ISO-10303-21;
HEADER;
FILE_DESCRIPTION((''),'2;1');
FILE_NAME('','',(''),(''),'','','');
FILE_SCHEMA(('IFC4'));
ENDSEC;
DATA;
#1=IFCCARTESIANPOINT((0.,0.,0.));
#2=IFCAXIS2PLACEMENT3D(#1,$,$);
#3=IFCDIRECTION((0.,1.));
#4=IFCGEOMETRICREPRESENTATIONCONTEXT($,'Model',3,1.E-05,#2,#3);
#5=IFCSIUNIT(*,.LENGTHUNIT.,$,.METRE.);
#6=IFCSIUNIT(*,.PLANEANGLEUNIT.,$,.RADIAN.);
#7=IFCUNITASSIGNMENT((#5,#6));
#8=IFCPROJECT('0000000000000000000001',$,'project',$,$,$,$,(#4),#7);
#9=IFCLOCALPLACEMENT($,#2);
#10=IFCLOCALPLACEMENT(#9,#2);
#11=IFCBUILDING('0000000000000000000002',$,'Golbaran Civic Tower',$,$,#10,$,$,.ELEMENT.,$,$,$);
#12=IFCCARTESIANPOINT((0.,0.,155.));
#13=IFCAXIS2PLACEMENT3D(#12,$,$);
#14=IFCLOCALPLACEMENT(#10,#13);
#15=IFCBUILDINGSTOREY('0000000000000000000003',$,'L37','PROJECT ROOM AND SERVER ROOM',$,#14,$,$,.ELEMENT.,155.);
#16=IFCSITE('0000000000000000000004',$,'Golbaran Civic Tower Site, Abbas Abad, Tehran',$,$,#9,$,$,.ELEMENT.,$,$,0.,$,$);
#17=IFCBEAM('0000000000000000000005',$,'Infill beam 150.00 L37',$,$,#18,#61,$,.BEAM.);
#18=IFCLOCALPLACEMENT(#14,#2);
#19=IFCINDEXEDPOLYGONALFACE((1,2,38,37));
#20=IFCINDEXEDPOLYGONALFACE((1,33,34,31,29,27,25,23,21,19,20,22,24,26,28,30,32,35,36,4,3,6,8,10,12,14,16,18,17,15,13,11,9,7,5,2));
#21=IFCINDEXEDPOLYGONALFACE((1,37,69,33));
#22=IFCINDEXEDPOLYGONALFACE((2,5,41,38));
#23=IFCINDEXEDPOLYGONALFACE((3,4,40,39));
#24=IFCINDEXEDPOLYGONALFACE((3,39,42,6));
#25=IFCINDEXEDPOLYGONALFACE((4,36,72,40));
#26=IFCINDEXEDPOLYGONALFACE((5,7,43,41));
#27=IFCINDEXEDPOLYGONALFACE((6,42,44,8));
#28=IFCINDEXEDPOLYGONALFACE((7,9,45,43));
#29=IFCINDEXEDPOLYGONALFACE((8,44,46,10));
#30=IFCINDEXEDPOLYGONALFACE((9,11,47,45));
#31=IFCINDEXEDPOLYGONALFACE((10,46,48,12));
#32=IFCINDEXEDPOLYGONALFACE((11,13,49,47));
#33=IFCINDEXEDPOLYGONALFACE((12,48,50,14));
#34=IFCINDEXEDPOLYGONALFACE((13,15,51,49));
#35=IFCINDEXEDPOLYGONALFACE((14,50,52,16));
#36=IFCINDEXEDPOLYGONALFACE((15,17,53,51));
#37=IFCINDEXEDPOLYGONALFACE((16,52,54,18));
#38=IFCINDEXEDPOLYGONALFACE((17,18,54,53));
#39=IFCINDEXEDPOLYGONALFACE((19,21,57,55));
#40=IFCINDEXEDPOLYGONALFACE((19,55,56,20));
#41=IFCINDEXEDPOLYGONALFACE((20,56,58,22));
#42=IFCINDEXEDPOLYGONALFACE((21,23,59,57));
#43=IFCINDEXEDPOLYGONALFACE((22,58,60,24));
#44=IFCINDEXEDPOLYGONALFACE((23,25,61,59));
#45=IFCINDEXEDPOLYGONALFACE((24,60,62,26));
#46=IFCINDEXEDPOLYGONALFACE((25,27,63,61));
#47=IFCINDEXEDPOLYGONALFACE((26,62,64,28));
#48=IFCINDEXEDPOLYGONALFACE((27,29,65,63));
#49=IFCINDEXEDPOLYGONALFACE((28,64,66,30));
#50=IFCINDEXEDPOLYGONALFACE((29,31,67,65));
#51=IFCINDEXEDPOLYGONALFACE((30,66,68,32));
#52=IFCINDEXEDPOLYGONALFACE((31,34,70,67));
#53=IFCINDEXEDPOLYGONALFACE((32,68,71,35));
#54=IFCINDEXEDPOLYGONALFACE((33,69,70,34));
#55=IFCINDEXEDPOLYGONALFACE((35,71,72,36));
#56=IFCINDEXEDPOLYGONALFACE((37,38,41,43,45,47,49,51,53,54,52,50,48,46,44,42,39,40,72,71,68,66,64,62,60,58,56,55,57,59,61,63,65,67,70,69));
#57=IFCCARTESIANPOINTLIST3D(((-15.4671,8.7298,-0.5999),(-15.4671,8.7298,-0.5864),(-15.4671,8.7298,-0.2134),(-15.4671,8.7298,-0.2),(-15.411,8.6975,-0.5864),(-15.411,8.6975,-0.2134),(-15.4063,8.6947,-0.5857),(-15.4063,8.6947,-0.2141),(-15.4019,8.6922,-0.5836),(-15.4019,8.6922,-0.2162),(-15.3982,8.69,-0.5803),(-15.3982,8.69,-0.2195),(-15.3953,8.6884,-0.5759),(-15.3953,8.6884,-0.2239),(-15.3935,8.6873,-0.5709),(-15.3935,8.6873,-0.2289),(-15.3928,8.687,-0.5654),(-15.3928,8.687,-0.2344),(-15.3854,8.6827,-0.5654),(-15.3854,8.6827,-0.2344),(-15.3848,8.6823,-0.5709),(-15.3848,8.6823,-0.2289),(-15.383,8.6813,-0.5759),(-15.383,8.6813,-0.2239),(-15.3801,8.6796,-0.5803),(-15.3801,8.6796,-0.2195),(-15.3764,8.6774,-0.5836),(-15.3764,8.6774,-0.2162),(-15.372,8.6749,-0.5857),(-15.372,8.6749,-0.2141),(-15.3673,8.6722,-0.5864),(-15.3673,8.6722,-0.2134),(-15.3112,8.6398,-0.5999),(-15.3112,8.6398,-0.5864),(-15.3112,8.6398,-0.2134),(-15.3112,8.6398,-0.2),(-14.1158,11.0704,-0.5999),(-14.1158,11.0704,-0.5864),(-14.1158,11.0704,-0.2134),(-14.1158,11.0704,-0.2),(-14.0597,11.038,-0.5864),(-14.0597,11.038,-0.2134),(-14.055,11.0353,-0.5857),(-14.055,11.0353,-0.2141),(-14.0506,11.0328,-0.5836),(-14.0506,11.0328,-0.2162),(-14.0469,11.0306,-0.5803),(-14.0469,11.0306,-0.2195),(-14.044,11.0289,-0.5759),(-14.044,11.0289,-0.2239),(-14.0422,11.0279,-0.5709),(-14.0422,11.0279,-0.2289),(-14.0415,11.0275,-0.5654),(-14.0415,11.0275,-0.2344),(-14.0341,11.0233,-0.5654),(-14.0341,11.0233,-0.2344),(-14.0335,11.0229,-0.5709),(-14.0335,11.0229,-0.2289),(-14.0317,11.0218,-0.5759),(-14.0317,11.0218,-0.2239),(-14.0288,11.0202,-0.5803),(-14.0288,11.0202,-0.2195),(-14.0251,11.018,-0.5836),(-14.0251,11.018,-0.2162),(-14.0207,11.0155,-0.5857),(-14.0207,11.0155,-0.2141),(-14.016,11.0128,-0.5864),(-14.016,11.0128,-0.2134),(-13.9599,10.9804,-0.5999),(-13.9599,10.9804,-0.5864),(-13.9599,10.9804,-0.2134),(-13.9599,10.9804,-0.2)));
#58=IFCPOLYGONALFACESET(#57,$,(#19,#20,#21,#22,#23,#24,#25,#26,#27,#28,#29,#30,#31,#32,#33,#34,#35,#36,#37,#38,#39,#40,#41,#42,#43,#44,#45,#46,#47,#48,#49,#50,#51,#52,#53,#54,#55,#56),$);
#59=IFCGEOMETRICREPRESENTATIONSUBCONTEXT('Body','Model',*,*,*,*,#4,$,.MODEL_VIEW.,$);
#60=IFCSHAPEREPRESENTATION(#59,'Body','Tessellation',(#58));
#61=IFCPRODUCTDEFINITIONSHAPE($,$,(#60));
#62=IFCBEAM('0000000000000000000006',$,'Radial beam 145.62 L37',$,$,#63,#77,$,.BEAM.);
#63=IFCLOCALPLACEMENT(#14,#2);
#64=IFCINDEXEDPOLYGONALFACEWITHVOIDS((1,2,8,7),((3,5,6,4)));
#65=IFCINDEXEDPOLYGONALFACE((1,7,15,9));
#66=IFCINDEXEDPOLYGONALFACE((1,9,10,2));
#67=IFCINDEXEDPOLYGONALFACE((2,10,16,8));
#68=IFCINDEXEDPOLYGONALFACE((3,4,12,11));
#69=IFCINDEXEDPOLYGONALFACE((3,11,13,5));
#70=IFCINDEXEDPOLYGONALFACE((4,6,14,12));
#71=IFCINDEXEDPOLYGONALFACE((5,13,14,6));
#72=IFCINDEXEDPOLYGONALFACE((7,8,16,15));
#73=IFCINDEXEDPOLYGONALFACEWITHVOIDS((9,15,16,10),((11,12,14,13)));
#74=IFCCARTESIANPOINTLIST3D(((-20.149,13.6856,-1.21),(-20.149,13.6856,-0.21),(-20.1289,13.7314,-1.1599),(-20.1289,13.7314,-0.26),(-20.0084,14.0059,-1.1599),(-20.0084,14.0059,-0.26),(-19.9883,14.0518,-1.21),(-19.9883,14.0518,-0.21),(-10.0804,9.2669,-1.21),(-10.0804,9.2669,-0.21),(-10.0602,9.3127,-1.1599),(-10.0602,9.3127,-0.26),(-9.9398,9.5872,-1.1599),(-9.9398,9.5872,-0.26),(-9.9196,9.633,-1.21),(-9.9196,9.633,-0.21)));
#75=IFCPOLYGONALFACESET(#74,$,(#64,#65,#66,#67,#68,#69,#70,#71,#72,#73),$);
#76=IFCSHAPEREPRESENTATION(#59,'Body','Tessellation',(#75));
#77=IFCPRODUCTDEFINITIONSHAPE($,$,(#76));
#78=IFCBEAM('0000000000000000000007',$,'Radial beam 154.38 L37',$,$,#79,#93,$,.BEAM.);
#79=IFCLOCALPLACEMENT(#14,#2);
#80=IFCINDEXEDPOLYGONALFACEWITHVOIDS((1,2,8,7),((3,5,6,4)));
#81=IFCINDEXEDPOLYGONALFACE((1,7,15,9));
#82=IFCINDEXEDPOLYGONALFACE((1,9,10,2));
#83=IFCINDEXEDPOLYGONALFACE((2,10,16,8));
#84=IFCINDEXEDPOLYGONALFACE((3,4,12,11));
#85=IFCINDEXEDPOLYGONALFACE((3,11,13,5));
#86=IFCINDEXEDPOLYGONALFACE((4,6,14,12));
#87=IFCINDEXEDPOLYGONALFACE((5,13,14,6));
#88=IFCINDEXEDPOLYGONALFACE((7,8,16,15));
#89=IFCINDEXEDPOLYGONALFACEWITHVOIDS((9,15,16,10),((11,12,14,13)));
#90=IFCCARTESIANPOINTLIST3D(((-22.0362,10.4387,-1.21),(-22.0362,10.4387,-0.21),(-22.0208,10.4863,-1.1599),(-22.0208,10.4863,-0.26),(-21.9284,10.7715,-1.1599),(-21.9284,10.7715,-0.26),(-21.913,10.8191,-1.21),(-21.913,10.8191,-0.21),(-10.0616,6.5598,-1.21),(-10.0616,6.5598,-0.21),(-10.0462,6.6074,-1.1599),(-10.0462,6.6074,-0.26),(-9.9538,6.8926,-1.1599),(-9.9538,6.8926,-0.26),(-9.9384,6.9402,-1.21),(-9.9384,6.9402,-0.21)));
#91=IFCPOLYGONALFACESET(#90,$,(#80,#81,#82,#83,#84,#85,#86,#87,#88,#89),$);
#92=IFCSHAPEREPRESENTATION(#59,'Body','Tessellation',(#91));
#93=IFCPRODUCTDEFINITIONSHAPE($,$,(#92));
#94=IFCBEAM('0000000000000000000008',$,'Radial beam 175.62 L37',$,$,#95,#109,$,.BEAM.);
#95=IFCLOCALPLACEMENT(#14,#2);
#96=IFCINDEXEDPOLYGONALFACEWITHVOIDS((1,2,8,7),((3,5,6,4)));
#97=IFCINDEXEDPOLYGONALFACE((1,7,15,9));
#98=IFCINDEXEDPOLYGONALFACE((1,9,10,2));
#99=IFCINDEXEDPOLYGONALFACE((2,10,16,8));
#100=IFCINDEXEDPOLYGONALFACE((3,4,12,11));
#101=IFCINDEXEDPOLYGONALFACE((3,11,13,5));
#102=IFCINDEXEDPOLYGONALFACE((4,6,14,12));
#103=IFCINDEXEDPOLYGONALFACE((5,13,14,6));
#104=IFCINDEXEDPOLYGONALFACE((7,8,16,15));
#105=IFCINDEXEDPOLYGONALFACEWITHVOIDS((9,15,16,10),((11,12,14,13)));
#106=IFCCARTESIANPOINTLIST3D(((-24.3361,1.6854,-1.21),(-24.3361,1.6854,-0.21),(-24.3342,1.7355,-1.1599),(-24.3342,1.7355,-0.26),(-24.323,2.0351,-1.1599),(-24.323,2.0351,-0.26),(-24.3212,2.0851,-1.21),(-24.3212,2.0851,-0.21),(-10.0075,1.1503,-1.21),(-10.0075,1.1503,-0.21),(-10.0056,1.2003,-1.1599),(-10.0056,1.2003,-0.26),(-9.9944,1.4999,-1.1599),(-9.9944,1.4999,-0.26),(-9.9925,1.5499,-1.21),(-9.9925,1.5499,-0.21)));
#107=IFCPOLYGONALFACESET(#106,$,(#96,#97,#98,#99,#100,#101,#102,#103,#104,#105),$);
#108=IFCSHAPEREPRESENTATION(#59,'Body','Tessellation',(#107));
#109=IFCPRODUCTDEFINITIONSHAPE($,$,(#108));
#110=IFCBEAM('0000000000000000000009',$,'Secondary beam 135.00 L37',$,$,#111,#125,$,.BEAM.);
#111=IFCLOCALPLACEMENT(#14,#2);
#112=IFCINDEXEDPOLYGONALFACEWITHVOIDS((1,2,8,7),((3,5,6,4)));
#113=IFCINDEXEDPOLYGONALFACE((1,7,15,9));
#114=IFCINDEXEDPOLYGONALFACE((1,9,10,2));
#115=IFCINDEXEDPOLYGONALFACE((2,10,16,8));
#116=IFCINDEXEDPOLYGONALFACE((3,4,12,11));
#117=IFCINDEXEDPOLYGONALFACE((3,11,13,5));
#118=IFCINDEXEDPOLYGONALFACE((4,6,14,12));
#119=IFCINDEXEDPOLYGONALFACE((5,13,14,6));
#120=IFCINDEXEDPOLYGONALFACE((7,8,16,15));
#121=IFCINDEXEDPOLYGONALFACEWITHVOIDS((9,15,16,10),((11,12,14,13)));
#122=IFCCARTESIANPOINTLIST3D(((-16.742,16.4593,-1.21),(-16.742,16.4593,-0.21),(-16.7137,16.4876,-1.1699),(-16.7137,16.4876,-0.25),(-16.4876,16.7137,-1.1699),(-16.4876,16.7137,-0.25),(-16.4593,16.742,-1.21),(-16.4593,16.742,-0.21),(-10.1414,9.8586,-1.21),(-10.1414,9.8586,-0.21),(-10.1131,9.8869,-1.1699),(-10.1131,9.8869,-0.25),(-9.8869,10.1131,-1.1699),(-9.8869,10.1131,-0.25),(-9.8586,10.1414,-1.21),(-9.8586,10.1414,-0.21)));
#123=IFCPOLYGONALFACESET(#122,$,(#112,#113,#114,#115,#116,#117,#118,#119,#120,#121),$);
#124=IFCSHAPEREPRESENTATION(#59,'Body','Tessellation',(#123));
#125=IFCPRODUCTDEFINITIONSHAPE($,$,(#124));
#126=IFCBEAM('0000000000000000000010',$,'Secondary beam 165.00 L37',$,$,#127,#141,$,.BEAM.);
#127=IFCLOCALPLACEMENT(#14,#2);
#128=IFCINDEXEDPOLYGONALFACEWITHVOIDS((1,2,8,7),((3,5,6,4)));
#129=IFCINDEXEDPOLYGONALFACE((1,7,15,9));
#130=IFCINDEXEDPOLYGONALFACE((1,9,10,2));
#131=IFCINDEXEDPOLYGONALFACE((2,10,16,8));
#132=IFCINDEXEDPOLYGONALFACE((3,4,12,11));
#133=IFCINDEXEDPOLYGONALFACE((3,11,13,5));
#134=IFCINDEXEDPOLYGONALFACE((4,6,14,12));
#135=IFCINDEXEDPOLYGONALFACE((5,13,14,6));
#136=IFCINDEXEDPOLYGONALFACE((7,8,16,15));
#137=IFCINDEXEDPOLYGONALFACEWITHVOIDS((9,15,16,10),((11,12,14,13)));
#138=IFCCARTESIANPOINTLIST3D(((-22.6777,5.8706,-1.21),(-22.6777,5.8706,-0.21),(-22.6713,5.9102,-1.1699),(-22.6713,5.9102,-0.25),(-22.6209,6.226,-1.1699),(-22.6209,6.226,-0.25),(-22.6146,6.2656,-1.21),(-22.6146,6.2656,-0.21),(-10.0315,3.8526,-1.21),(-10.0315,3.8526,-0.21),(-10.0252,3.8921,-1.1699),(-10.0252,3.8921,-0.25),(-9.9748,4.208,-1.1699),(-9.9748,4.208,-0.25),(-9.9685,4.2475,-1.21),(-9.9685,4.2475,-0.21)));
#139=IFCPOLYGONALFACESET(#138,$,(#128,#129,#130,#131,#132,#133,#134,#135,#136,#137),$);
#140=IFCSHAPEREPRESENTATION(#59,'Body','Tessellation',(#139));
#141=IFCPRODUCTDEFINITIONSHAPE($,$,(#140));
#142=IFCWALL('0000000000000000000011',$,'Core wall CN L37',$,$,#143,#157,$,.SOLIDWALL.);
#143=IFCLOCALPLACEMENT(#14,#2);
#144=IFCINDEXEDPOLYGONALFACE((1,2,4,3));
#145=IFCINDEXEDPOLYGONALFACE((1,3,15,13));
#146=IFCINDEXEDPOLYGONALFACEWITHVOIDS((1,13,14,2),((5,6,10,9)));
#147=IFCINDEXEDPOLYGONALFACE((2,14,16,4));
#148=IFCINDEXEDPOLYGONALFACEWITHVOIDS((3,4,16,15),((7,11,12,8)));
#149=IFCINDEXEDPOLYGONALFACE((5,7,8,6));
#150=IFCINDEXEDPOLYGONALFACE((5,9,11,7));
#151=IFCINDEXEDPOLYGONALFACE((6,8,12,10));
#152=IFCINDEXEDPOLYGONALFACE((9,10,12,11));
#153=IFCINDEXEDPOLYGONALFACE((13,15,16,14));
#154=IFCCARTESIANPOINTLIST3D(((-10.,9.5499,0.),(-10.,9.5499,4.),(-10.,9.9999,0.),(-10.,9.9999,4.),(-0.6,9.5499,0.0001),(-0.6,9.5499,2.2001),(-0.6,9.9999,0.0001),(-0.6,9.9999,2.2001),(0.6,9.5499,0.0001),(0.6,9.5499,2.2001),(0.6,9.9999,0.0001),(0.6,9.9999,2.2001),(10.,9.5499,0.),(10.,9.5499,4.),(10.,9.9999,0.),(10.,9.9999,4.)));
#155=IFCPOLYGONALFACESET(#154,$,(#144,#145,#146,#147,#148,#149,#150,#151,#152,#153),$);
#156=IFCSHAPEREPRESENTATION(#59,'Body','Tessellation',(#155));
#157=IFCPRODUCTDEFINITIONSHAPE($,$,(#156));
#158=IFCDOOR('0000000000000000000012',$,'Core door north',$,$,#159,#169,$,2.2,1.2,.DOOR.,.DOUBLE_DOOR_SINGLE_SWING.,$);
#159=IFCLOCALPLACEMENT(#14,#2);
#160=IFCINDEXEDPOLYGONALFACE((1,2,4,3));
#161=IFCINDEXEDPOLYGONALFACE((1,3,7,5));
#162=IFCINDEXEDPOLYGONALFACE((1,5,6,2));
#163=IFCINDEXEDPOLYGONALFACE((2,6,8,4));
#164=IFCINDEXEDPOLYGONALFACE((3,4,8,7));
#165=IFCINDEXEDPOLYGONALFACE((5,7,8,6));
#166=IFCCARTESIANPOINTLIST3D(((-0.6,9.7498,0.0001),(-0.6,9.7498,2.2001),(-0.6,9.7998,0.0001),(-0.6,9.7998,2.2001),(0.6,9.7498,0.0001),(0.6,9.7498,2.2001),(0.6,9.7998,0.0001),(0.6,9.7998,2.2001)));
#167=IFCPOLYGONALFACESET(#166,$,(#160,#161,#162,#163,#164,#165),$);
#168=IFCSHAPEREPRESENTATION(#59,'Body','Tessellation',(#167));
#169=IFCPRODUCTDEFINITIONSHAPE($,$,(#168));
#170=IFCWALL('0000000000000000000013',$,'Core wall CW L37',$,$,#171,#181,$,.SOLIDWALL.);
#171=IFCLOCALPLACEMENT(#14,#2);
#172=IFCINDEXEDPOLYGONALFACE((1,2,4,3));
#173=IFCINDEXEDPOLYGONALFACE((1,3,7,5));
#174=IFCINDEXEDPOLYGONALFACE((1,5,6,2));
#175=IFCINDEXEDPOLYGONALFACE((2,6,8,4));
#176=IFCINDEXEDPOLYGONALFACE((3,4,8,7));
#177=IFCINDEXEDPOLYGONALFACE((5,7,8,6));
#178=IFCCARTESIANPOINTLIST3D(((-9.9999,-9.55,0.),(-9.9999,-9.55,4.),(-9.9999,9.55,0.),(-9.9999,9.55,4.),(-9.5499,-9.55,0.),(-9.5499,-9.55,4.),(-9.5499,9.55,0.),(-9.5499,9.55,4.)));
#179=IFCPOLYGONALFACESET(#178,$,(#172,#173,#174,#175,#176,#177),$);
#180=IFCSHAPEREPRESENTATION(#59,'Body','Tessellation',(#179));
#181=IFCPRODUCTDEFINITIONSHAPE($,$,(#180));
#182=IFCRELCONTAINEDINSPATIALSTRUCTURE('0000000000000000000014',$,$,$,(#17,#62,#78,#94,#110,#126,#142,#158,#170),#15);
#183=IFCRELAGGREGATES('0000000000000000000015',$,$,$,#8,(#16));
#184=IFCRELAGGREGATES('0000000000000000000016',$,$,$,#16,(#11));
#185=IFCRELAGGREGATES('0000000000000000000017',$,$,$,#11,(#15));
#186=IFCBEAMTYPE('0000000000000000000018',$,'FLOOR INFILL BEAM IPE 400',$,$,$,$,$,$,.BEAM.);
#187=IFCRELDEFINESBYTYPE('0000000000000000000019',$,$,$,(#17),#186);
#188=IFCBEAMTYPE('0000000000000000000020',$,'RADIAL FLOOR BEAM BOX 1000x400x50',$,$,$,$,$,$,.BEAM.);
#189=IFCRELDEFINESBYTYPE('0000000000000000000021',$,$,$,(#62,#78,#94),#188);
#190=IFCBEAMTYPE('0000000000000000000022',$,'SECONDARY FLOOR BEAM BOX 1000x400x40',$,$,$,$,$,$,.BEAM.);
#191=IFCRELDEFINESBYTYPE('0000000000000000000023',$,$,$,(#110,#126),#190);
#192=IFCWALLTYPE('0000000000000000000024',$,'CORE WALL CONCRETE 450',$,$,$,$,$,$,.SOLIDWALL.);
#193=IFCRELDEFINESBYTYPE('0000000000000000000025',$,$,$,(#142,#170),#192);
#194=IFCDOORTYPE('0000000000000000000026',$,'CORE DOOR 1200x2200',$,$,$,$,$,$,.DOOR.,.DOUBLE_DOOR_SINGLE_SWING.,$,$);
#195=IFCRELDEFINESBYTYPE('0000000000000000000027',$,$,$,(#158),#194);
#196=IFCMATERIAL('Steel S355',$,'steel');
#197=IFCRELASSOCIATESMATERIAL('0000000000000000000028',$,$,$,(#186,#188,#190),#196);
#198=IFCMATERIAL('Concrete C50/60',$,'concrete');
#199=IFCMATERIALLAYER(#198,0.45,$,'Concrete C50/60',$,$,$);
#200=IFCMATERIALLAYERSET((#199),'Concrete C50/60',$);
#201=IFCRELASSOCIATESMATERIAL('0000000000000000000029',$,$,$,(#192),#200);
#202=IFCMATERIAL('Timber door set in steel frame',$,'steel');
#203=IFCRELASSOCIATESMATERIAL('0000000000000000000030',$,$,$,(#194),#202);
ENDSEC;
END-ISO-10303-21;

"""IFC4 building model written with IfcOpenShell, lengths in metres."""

from ifc_helpers import new_model, si_unit, direction, frame, frame_2d, origin, origin_2d, place, context, subcontext, project, spatial, rectangle, hollow_rectangle, i_section, extrude, material, layer, layer_set, material_profile, profile_set, type_object, element, fill, save


model = new_model("IFC4")

# Units and contexts
model_context = context("Model", 3, precision=1e-05, world=origin(), true_north=direction((0.0, 1.0)))
body_context = subcontext(model_context, "Body", "Model", "MODEL_VIEW")
ifc_project = project(units=[si_unit("LENGTHUNIT", "METRE"), si_unit("PLANEANGLEUNIT", "RADIAN")], contexts=[model_context])

# Site, building, storey
site_placement = place(None, origin())
site = spatial("IfcSite", under=ifc_project, at=site_placement, Name="Golbaran Civic Tower Site, Abbas Abad, Tehran", CompositionType="ELEMENT", RefElevation=0.0)
building_placement = place(site_placement, origin())
building = spatial("IfcBuilding", under=site, at=building_placement, Name="Golbaran Civic Tower", CompositionType="ELEMENT")
storey_placement = place(building_placement, frame((0.0, 0.0, 155.0)))
storey = spatial("IfcBuildingStorey", under=building, at=storey_placement, Name="L37", Description="PROJECT ROOM AND SERVER ROOM", CompositionType="ELEMENT", Elevation=155.0)

# Beams
ifc_material_1 = material(Name="Steel S355", Category="steel")
ifc_material_profile_1 = material_profile(ifc_material_1, i_section(OverallWidth=0.1799, OverallDepth=0.3999, WebThickness=0.0085, FlangeThickness=0.0134, FilletRadius=0.021, at=origin_2d()), Name="IPE 400")
ifc_profile_set_1 = profile_set([ifc_material_profile_1], Name="Steel S355")
beam_type_1 = type_object("IfcBeamType", Name="FLOOR INFILL BEAM IPE 400", PredefinedType="BEAM", material=ifc_profile_set_1)
beam_1_placement = place(storey_placement, frame((-14.0378, 11.0254, -0.3999), z_axis=(-0.499996, -0.866028, 0.0), x_axis=(0.866028, -0.499996, 0.0)))
element("IfcBeam", 1, at=beam_1_placement, inside=storey, type_object=beam_type_1, Name="Infill beam 150.00 L37", PredefinedType="BEAM", context=body_context, shape_type="SweptSolid", body=[
    extrude(i_section(OverallWidth=0.1799, OverallDepth=0.3999, WebThickness=0.0085, FlangeThickness=0.0134, FilletRadius=0.021, at=origin_2d()), origin(), (0.0, 0.0, 1.0), 2.7026),
])
ifc_material_profile_2 = material_profile(ifc_material_1, hollow_rectangle(XDim=0.3999, YDim=1.0, WallThickness=0.05, at=origin_2d()), Name="BOX 1000x400x50")
ifc_profile_set_2 = profile_set([ifc_material_profile_2], Name="Steel S355")
beam_type_2 = type_object("IfcBeamType", Name="RADIAL FLOOR BEAM BOX 1000x400x50", PredefinedType="BEAM", material=ifc_profile_set_2)
beam_2_placement = place(storey_placement, frame((-10.0, 9.45, -0.71), z_axis=(-0.9157, 0.401863, 0.0), x_axis=(-0.401863, -0.9157, 0.0)))
element("IfcBeam", 2, at=beam_2_placement, inside=storey, type_object=beam_type_2, Name="Radial beam 145.62 L37", PredefinedType="BEAM", context=body_context, shape_type="SweptSolid", body=[
    extrude(hollow_rectangle(XDim=0.3999, YDim=1.0, WallThickness=0.05, at=origin_2d()), origin(), (0.0, 0.0, 1.0), 10.9956),
])
beam_3_placement = place(storey_placement, frame((-10.0, 6.75, -0.71), z_axis=(-0.951334, 0.308163, 0.0), x_axis=(-0.308163, -0.951334, 0.0)))
element("IfcBeam", 3, at=beam_3_placement, inside=storey, type_object=beam_type_2, Name="Radial beam 154.38 L37", PredefinedType="BEAM", context=body_context, shape_type="SweptSolid", body=[
    extrude(hollow_rectangle(XDim=0.3999, YDim=1.0, WallThickness=0.05, at=origin_2d()), origin(), (0.0, 0.0, 1.0), 12.5872),
])
beam_4_placement = place(storey_placement, frame((-10.0, 1.3501, -0.71), z_axis=(-0.999303, 0.037323, 0.0), x_axis=(-0.037323, -0.999303, 0.0)))
element("IfcBeam", 4, at=beam_4_placement, inside=storey, type_object=beam_type_2, Name="Radial beam 175.62 L37", PredefinedType="BEAM", context=body_context, shape_type="SweptSolid", body=[
    extrude(hollow_rectangle(XDim=0.3999, YDim=1.0, WallThickness=0.05, at=origin_2d()), origin(), (0.0, 0.0, 1.0), 14.3386),
])
ifc_material_profile_3 = material_profile(ifc_material_1, hollow_rectangle(XDim=0.3999, YDim=1.0, WallThickness=0.04, at=origin_2d()), Name="BOX 1000x400x40")
ifc_profile_set_3 = profile_set([ifc_material_profile_3], Name="Steel S355")
beam_type_3 = type_object("IfcBeamType", Name="SECONDARY FLOOR BEAM BOX 1000x400x40", PredefinedType="BEAM", material=ifc_profile_set_3)
beam_5_placement = place(storey_placement, frame((-10.0, 10.0, -0.71), z_axis=(-0.707107, 0.707107, 0.0), x_axis=(-0.707107, -0.707107, 0.0)))
element("IfcBeam", 5, at=beam_5_placement, inside=storey, type_object=beam_type_3, Name="Secondary beam 135.00 L37", PredefinedType="BEAM", context=body_context, shape_type="SweptSolid", body=[
    extrude(hollow_rectangle(XDim=0.3999, YDim=1.0, WallThickness=0.04, at=origin_2d()), origin(), (0.0, 0.0, 1.0), 9.3347),
])
beam_6_placement = place(storey_placement, frame((-10.0, 4.05, -0.71), z_axis=(-0.987506, 0.157585, 0.0), x_axis=(-0.157585, -0.987506, 0.0)))
element("IfcBeam", 6, at=beam_6_placement, inside=storey, type_object=beam_type_3, Name="Secondary beam 165.00 L37", PredefinedType="BEAM", context=body_context, shape_type="SweptSolid", body=[
    extrude(hollow_rectangle(XDim=0.3999, YDim=1.0, WallThickness=0.04, at=origin_2d()), origin(), (0.0, 0.0, 1.0), 12.8062),
])

# Wall, opening, door
ifc_material_2 = material(Name="Concrete C50/60", Category="concrete")
ifc_layer_1 = layer(ifc_material_2, 0.45, Name="Concrete C50/60")
ifc_layer_set_1 = layer_set([ifc_layer_1], Name="Concrete C50/60")
wall_type_1 = type_object("IfcWallType", Name="CORE WALL CONCRETE 450", PredefinedType="SOLIDWALL", material=ifc_layer_set_1)
wall_1_placement = place(storey_placement, frame((-10.0, 9.7749, 0.0), z_axis=(0.0, 0.0, 1.0), x_axis=(1.0, 0.0, 0.0)))
wall_1 = element("IfcWall", 7, at=wall_1_placement, inside=storey, type_object=wall_type_1, Name="Core wall CN L37", PredefinedType="SOLIDWALL", context=body_context, shape_type="SweptSolid", body=[
    extrude(rectangle(XDim=20.0, YDim=0.45, at=frame_2d((10.0, 0.0))), origin(), (0.0, 0.0, 1.0), 4.0),
])
opening_1_placement = place(wall_1_placement, frame((9.3999, 0.0, 0.0)))
opening_1 = element("IfcOpeningElement", 8, at=opening_1_placement, cuts=wall_1, PredefinedType="OPENING", context=body_context, shape_type="SweptSolid", body=[
    extrude(rectangle(XDim=1.2, YDim=2.2, at=frame_2d((0.6001, 1.1001))), frame((0.0, 0.2349, 0.0), z_axis=(0.0, -1.0, 0.0), x_axis=(1.0, 0.0, 0.0)), (0.0, 0.0, 1.0), 0.47),
])
ifc_material_3 = material(Name="Timber door set in steel frame", Category="steel")
door_type_1 = type_object("IfcDoorType", Name="CORE DOOR 1200x2200", OperationType="DOUBLE_DOOR_SINGLE_SWING", PredefinedType="DOOR", material=ifc_material_3)
door_1_placement = place(opening_1_placement, origin())
door_1 = element("IfcDoor", 9, at=door_1_placement, inside=storey, type_object=door_type_1, Name="Core door north", OperationType="DOUBLE_DOOR_SINGLE_SWING", OverallHeight=2.2, OverallWidth=1.2, PredefinedType="DOOR", context=body_context, shape_type="SweptSolid", body=[
    extrude(rectangle(XDim=1.2, YDim=2.2, at=frame_2d((0.6001, 1.1001))), frame((0.0, 0.0249, 0.0), z_axis=(0.0, -1.0, 0.0), x_axis=(1.0, 0.0, 0.0)), (0.0, 0.0, 1.0), 0.05),
])
fill(opening_1, door_1)

# Wall
wall_2_placement = place(storey_placement, frame((-9.7749, 9.55, 0.0), z_axis=(0.0, 0.0, 1.0), x_axis=(0.0, -1.0, 0.0)))
element("IfcWall", 10, at=wall_2_placement, inside=storey, type_object=wall_type_1, Name="Core wall CW L37", PredefinedType="SOLIDWALL", context=body_context, shape_type="SweptSolid", body=[
    extrude(rectangle(XDim=19.1001, YDim=0.45, at=frame_2d((9.55, 0.0))), origin(), (0.0, 0.0, 1.0), 4.0),
])

save(model, "model.ifc")
